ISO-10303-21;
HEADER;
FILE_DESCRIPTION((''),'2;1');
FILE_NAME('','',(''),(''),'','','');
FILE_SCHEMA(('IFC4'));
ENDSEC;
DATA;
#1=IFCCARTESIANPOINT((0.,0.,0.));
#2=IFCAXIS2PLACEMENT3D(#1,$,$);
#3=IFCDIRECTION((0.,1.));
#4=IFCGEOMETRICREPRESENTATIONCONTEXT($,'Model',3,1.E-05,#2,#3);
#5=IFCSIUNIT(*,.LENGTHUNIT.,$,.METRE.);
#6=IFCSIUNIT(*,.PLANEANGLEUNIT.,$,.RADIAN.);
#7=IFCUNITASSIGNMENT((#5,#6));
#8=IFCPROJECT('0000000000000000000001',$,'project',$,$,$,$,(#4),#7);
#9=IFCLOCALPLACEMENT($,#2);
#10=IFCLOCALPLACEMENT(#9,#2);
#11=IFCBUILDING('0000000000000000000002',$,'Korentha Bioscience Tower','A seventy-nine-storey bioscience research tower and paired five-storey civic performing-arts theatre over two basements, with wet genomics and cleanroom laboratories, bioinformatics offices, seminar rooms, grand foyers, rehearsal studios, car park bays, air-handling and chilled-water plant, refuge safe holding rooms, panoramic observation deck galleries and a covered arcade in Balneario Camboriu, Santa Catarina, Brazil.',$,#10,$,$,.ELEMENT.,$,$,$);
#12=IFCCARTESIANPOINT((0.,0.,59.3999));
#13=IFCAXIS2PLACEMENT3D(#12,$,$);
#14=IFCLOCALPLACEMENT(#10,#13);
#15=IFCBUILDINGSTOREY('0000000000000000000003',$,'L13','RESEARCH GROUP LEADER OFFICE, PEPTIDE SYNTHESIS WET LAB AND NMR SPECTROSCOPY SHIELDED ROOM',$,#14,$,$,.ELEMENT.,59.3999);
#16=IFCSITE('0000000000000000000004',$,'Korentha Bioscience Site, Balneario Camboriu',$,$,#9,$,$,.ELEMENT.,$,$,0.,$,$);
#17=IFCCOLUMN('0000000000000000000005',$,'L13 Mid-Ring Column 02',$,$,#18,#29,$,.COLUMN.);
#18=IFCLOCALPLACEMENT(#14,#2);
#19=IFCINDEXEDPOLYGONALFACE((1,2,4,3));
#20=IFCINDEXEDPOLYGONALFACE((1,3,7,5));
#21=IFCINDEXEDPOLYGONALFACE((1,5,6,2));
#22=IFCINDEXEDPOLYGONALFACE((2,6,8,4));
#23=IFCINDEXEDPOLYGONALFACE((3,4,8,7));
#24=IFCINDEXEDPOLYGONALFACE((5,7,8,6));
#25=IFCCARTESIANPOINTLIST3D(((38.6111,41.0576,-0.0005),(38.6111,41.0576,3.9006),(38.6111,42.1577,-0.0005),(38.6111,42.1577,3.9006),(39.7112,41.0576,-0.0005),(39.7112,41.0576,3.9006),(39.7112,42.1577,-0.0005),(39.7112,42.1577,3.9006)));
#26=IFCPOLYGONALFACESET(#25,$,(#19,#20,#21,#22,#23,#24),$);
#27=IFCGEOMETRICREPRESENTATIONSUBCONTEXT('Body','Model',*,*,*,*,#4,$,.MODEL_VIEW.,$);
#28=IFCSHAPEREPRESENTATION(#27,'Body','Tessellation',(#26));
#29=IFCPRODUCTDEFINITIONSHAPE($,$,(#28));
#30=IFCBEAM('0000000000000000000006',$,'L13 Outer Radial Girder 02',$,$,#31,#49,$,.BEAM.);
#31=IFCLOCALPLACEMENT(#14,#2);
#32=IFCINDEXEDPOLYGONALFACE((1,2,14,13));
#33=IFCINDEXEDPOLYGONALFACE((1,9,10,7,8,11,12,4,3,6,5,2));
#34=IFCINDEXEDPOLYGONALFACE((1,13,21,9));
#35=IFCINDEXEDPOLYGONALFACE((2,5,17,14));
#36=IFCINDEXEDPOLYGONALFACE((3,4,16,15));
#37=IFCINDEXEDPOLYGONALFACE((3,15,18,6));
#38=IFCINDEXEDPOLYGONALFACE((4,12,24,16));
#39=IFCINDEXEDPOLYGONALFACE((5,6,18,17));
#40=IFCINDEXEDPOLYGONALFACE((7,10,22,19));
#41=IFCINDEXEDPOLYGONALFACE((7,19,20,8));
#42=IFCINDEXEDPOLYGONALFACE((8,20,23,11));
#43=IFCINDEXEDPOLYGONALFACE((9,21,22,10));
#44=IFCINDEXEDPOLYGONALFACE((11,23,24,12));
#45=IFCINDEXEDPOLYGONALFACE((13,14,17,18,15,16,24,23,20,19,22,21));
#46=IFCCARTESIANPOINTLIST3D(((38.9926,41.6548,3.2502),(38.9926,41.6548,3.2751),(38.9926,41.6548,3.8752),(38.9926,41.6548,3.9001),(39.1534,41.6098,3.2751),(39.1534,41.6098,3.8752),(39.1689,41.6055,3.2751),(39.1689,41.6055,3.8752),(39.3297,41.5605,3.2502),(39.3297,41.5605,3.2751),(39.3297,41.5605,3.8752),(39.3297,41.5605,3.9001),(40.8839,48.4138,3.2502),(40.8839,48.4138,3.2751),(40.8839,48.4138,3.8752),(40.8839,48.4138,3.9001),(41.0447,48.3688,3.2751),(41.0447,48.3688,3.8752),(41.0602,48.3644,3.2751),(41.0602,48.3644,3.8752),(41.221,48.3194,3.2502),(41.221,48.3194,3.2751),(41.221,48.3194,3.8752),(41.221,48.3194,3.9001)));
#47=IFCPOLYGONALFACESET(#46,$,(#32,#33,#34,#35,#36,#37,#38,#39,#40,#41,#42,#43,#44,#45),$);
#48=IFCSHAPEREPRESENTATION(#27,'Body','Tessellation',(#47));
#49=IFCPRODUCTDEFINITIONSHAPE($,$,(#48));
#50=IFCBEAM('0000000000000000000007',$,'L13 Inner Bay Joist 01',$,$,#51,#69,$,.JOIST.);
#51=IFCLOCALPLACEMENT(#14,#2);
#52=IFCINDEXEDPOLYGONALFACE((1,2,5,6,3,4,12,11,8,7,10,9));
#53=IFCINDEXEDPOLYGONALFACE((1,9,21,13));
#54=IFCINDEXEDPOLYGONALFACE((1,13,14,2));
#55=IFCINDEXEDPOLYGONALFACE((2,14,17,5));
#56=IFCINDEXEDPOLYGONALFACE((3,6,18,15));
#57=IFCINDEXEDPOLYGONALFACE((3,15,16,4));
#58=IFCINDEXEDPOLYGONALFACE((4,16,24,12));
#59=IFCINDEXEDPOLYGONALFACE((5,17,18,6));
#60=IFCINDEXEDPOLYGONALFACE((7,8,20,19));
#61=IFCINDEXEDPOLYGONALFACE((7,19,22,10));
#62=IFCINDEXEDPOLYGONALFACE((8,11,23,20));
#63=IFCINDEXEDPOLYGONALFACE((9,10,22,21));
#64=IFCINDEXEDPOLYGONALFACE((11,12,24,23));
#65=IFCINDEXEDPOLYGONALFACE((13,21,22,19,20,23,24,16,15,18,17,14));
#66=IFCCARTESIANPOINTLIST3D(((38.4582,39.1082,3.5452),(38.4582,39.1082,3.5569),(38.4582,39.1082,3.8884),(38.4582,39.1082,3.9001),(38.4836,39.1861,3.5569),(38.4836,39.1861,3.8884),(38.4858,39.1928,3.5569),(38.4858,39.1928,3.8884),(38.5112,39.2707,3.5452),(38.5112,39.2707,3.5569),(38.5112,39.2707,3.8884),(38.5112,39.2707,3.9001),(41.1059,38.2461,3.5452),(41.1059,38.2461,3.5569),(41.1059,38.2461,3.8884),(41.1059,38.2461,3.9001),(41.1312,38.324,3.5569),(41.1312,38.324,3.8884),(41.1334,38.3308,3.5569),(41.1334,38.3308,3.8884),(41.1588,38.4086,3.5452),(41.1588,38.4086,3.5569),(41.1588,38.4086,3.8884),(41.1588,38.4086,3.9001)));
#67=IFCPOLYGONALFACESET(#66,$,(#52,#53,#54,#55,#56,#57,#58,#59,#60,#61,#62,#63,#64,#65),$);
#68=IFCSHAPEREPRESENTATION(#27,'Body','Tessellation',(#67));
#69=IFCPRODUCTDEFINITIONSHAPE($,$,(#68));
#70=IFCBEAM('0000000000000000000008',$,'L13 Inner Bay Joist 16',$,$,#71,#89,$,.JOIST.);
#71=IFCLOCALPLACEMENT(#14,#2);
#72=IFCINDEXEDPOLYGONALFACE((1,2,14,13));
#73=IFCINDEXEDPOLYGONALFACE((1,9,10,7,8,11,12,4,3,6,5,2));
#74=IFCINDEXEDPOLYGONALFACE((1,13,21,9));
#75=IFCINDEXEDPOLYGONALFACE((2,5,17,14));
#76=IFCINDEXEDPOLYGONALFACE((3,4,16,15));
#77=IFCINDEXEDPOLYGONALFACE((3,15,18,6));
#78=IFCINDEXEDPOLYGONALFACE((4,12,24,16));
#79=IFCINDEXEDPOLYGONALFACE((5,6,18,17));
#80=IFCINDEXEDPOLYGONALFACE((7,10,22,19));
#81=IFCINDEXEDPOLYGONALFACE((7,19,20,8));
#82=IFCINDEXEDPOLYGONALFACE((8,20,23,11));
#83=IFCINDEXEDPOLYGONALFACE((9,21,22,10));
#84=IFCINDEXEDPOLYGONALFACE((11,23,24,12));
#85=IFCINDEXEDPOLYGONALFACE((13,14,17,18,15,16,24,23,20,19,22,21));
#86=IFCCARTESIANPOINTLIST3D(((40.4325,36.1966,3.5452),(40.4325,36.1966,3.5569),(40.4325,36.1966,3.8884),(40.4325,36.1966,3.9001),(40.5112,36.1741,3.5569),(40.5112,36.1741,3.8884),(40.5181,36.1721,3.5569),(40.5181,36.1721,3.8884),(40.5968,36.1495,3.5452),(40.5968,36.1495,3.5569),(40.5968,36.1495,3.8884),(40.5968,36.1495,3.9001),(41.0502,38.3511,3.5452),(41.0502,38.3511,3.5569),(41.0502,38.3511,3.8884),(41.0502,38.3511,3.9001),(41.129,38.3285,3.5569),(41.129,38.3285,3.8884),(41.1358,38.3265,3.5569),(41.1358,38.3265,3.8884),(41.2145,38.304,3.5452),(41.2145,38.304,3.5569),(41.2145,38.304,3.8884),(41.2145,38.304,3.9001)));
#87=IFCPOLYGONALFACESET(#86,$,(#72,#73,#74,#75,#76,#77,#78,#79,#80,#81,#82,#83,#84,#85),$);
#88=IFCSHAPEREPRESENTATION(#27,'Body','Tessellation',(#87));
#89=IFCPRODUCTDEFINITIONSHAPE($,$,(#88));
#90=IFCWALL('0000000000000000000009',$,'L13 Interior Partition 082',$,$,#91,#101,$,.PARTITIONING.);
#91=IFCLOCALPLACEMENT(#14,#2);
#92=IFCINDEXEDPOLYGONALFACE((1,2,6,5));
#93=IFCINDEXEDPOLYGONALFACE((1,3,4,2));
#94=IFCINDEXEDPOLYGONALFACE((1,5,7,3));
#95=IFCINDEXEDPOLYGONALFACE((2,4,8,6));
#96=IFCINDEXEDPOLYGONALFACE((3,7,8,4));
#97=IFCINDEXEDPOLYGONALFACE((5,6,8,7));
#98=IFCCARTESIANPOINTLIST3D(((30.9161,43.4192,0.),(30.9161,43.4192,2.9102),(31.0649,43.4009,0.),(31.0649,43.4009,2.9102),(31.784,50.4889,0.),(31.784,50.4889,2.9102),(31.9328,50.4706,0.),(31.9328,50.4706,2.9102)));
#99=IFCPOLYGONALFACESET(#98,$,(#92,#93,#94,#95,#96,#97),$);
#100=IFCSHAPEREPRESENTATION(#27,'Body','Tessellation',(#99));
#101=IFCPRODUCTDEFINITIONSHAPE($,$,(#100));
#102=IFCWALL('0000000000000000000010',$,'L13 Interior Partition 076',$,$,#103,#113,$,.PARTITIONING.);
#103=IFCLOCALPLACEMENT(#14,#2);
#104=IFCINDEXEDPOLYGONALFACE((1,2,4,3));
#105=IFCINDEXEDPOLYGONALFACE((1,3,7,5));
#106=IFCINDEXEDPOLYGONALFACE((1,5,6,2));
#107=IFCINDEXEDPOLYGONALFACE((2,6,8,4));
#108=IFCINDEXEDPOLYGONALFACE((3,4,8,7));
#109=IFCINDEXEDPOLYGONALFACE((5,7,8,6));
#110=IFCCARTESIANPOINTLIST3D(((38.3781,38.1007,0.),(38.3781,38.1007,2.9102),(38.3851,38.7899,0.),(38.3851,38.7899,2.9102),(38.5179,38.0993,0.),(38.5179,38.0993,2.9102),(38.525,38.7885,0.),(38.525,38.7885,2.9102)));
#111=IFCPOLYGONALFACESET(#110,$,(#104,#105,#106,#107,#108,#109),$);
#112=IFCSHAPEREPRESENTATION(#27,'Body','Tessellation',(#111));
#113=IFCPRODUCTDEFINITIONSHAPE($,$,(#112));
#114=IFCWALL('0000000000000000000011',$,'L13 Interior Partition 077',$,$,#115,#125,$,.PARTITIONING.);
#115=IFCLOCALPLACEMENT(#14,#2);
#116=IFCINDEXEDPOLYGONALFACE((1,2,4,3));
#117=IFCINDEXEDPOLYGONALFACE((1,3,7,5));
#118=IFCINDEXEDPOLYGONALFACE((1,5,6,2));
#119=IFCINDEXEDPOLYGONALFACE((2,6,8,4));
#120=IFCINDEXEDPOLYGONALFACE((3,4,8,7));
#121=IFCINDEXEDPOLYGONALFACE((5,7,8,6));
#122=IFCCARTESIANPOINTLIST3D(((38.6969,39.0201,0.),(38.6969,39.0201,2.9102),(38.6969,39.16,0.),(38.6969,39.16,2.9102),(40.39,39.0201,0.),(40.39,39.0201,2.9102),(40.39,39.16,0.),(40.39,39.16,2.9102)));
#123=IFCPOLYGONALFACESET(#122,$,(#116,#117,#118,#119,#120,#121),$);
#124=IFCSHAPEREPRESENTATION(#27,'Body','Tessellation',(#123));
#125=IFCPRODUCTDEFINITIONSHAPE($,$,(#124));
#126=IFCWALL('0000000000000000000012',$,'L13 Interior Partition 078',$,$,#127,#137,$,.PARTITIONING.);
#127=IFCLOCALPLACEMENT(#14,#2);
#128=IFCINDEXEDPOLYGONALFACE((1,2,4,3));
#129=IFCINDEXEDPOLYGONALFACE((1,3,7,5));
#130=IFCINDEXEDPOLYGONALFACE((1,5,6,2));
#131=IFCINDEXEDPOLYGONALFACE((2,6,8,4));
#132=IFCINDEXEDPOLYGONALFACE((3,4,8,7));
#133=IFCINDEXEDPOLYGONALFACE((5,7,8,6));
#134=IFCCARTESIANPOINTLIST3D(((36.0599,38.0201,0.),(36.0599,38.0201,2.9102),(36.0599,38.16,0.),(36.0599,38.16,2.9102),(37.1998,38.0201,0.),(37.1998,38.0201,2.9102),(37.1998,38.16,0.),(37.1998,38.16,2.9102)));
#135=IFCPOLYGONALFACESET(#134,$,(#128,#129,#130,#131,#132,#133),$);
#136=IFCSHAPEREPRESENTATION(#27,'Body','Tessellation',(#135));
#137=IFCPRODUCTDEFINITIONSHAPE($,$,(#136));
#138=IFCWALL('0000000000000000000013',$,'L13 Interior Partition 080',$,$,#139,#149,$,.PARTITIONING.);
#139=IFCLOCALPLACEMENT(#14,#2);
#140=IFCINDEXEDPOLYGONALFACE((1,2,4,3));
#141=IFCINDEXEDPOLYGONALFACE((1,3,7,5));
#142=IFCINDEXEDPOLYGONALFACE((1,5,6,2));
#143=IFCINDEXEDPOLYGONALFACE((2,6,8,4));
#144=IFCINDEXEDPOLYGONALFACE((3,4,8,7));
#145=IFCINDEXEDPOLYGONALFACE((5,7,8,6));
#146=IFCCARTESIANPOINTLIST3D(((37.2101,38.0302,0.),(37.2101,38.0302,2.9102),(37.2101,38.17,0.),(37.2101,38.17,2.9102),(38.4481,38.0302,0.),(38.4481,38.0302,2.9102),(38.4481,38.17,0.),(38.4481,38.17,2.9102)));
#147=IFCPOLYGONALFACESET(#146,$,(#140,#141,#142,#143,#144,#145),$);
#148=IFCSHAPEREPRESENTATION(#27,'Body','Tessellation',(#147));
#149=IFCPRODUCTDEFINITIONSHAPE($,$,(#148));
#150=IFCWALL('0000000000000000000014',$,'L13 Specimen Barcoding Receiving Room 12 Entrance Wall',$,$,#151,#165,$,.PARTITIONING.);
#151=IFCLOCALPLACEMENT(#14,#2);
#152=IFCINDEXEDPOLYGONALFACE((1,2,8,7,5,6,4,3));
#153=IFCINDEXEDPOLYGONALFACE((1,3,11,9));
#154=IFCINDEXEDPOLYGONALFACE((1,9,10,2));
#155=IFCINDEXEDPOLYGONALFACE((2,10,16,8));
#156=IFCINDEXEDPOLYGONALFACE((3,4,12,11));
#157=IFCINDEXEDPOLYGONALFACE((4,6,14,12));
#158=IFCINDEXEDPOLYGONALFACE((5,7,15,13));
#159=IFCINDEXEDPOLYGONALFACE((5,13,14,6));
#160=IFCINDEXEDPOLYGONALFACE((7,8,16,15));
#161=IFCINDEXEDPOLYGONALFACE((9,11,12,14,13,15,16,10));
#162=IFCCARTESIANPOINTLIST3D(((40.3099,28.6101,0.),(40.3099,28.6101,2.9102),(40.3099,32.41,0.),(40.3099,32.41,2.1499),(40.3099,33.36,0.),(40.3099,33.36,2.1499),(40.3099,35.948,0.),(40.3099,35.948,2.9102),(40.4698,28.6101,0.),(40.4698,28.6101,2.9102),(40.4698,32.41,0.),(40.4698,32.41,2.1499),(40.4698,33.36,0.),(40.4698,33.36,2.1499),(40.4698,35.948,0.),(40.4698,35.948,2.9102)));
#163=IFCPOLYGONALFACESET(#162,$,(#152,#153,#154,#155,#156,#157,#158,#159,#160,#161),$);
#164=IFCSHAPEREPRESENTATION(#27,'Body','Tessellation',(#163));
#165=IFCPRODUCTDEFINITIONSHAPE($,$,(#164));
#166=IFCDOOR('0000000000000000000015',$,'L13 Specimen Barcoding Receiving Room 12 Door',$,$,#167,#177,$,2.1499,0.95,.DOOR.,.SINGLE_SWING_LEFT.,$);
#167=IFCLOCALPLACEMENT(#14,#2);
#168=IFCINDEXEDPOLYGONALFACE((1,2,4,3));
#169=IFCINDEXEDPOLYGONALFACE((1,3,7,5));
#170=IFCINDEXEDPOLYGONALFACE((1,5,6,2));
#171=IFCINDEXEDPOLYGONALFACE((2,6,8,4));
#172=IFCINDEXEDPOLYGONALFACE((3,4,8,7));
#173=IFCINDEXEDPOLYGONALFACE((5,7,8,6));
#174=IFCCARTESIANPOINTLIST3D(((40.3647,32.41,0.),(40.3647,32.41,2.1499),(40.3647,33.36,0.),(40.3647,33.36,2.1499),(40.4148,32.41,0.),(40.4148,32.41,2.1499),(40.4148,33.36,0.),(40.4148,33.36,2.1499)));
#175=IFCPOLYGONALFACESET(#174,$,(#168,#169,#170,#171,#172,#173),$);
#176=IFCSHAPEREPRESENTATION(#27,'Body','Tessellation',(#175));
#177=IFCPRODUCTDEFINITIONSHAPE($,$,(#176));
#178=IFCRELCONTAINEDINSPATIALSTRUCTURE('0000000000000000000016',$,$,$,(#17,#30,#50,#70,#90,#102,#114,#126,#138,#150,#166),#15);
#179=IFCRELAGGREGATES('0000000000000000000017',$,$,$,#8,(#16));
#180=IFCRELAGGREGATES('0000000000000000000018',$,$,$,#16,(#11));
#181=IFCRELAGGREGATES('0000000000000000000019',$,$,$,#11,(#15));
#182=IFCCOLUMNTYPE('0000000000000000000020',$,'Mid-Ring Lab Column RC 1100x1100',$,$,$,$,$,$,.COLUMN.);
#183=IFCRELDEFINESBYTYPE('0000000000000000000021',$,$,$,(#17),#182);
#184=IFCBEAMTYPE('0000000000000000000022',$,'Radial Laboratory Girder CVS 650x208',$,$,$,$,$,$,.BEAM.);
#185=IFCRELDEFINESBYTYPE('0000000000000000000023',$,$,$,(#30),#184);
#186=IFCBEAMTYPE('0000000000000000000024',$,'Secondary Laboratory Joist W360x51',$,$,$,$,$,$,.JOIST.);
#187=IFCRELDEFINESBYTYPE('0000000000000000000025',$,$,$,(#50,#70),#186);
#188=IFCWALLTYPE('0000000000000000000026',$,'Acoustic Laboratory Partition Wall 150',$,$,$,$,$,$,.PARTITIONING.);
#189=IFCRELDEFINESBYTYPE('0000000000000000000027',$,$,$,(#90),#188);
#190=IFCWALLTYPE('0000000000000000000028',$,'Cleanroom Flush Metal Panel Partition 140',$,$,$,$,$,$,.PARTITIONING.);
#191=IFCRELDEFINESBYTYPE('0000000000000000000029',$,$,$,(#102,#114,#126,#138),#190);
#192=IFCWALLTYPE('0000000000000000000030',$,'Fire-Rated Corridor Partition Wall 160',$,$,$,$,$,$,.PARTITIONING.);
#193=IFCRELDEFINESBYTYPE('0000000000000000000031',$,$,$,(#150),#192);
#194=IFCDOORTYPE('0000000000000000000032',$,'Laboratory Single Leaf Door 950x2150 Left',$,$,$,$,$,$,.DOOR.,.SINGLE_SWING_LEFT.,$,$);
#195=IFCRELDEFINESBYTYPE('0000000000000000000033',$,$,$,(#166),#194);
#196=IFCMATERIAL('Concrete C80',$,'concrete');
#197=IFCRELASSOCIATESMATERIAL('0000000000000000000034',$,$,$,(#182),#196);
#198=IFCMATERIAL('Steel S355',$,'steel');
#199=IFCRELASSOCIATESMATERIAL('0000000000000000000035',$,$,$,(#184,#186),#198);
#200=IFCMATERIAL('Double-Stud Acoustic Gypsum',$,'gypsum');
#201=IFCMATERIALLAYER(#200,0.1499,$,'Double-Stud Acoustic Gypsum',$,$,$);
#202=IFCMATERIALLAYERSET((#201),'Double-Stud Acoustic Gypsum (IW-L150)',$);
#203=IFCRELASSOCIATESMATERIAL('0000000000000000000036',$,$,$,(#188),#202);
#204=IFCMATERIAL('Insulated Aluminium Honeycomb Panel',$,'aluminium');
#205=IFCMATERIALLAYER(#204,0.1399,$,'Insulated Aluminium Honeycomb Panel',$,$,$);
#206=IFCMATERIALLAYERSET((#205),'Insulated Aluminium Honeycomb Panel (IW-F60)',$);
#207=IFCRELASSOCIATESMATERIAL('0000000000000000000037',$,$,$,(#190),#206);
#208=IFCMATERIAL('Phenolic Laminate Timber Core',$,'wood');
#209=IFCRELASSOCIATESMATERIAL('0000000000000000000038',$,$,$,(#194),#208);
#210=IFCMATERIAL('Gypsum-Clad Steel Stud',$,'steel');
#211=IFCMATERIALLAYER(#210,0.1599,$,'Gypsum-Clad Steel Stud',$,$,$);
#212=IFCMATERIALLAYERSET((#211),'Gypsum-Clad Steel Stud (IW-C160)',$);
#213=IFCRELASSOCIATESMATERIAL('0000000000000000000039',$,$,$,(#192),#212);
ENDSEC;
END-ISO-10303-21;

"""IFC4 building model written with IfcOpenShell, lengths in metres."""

from ifc_helpers import new_model, si_unit, direction, frame, frame_2d, origin, origin_2d, place, context, subcontext, project, spatial, rectangle, i_section, extrude, material, layer, layer_set, material_profile, profile_set, type_object, element, fill, save


model = new_model("IFC4")

# Units and contexts
model_context = context("Model", 3, precision=1e-05, world=origin(), true_north=direction((0.0, 1.0)))
body_context = subcontext(model_context, "Body", "Model", "MODEL_VIEW")
ifc_project = project(units=[si_unit("LENGTHUNIT", "METRE"), si_unit("PLANEANGLEUNIT", "RADIAN")], contexts=[model_context])

# Site, building, storey
site_placement = place(None, origin())
site = spatial("IfcSite", under=ifc_project, at=site_placement, Name="Korentha Bioscience Site, Balneario Camboriu", CompositionType="ELEMENT", RefElevation=0.0)
building_placement = place(site_placement, origin())
building = spatial("IfcBuilding", under=site, at=building_placement, Name="Korentha Bioscience Tower", Description="A seventy-nine-storey bioscience research tower and paired five-storey civic performing-arts theatre over two basements, with wet genomics and cleanroom laboratories, bioinformatics offices, seminar rooms, grand foyers, rehearsal studios, car park bays, air-handling and chilled-water plant, refuge safe holding rooms, panoramic observation deck galleries and a covered arcade in Balneario Camboriu, Santa Catarina, Brazil.", CompositionType="ELEMENT")
storey_placement = place(building_placement, frame((0.0, 0.0, 59.3999)))
storey = spatial("IfcBuildingStorey", under=building, at=storey_placement, Name="L13", Description="RESEARCH GROUP LEADER OFFICE, PEPTIDE SYNTHESIS WET LAB AND NMR SPECTROSCOPY SHIELDED ROOM", CompositionType="ELEMENT", Elevation=59.3999)

# Column
ifc_material_1 = material(Name="Concrete C80", Category="concrete")
ifc_material_profile_1 = material_profile(ifc_material_1, rectangle(XDim=1.1001, YDim=1.1001, at=origin_2d()), Name="Concrete C80")
ifc_profile_set_1 = profile_set([ifc_material_profile_1], Name="Concrete C80 (COL-MR11)")
column_type = type_object("IfcColumnType", Name="Mid-Ring Lab Column RC 1100x1100", PredefinedType="COLUMN", material=ifc_profile_set_1)
column_placement = place(storey_placement, frame((39.1611, 41.6077, -0.0005), z_axis=(0.0, 0.0, 1.0), x_axis=(1.0, 0.0, 0.0)))
element("IfcColumn", 1, at=column_placement, inside=storey, type_object=column_type, Name="L13 Mid-Ring Column 02", PredefinedType="COLUMN", context=body_context, shape_type="SweptSolid", body=[
    extrude(rectangle(XDim=1.1001, YDim=1.1001, at=origin_2d()), origin(), (0.0, 0.0, 1.0), 3.9011),
])

# Beams
ifc_material_2 = material(Name="Steel S355", Category="steel")
ifc_material_profile_2 = material_profile(ifc_material_2, i_section(OverallWidth=0.3501, OverallDepth=0.6499, WebThickness=0.0161, FlangeThickness=0.0249, at=origin_2d()), Name="Steel S355")
ifc_profile_set_2 = profile_set([ifc_material_profile_2], Name="Steel S355 (RB-650)")
beam_type_1 = type_object("IfcBeamType", Name="Radial Laboratory Girder CVS 650x208", PredefinedType="BEAM", material=ifc_profile_set_2)
beam_1_placement = place(storey_placement, frame((39.1611, 41.6077, 3.5752), z_axis=(0.269475, 0.963007, 0.0), x_axis=(-0.963007, 0.269475, 0.0)))
element("IfcBeam", 2, at=beam_1_placement, inside=storey, type_object=beam_type_1, Name="L13 Outer Radial Girder 02", PredefinedType="BEAM", context=body_context, shape_type="SweptSolid", body=[
    extrude(i_section(OverallWidth=0.3501, OverallDepth=0.6499, WebThickness=0.0161, FlangeThickness=0.0249, at=origin_2d()), origin(), (0.0, 0.0, 1.0), 7.0186),
])
ifc_material_profile_3 = material_profile(ifc_material_2, i_section(OverallWidth=0.1709, OverallDepth=0.355, WebThickness=0.0071, FlangeThickness=0.0117, at=origin_2d()), Name="Steel S355")
ifc_profile_set_3 = profile_set([ifc_material_profile_3], Name="Steel S355 (JB-360)")
beam_type_2 = type_object("IfcBeamType", Name="Secondary Laboratory Joist W360x51", PredefinedType="JOIST", material=ifc_profile_set_3)
beam_2_placement = place(storey_placement, frame((41.1323, 38.3274, 3.7227), z_axis=(-0.95087, 0.309592, 0.0), x_axis=(-0.309592, -0.95087, 0.0)))
element("IfcBeam", 3, at=beam_2_placement, inside=storey, type_object=beam_type_2, Name="L13 Inner Bay Joist 01", PredefinedType="JOIST", context=body_context, shape_type="SweptSolid", body=[
    extrude(i_section(OverallWidth=0.1709, OverallDepth=0.355, WebThickness=0.0071, FlangeThickness=0.0117, at=origin_2d()), origin(), (0.0, 0.0, 1.0), 2.7844),
])
beam_3_placement = place(storey_placement, frame((40.5146, 36.1731, 3.7227), z_axis=(0.275613, 0.961269, 0.0), x_axis=(-0.961269, 0.275613, 0.0)))
element("IfcBeam", 4, at=beam_3_placement, inside=storey, type_object=beam_type_2, Name="L13 Inner Bay Joist 16", PredefinedType="JOIST", context=body_context, shape_type="SweptSolid", body=[
    extrude(i_section(OverallWidth=0.1709, OverallDepth=0.355, WebThickness=0.0071, FlangeThickness=0.0117, at=origin_2d()), origin(), (0.0, 0.0, 1.0), 2.2412),
])

# Wall
ifc_material_3 = material(Name="Double-Stud Acoustic Gypsum", Category="gypsum")
ifc_layer_1 = layer(ifc_material_3, 0.1499, Name="Double-Stud Acoustic Gypsum")
ifc_layer_set_1 = layer_set([ifc_layer_1], Name="Double-Stud Acoustic Gypsum (IW-L150)")
wall_type_1 = type_object("IfcWallType", Name="Acoustic Laboratory Partition Wall 150", PredefinedType="PARTITIONING", material=ifc_layer_set_1)
wall_1_placement = place(storey_placement, frame((30.9905, 43.4099, 0.0), z_axis=(0.0, 0.0, 1.0), x_axis=(0.121849, 0.992549, 0.0)))
element("IfcWall", 5, at=wall_1_placement, inside=storey, type_object=wall_type_1, Name="L13 Interior Partition 082", PredefinedType="PARTITIONING", context=body_context, shape_type="SweptSolid", body=[
    extrude(rectangle(XDim=7.1228, YDim=0.1499, at=frame_2d((3.5615, 0.0))), origin(), (0.0, 0.0, 1.0), 2.9102),
])

# Shared definitions
ifc_material_4 = material(Name="Insulated Aluminium Honeycomb Panel", Category="aluminium")
ifc_layer_2 = layer(ifc_material_4, 0.1399, Name="Insulated Aluminium Honeycomb Panel")
ifc_layer_set_2 = layer_set([ifc_layer_2], Name="Insulated Aluminium Honeycomb Panel (IW-F60)")
wall_type_2 = type_object("IfcWallType", Name="Cleanroom Flush Metal Panel Partition 140", PredefinedType="PARTITIONING", material=ifc_layer_set_2)
ifc_material_5 = material(Name="Phenolic Laminate Timber Core", Category="wood")
door_type_1 = type_object("IfcDoorType", Name="Laboratory Single Leaf Door 950x2150 Left", OperationType="SINGLE_SWING_LEFT", PredefinedType="DOOR", material=ifc_material_5)

# Walls
wall_2_placement = place(storey_placement, frame((38.4551, 38.7893, 0.0), z_axis=(0.0, 0.0, 1.0), x_axis=(-0.010272, -0.999947, 0.0)))
element("IfcWall", 6, at=wall_2_placement, inside=storey, type_object=wall_type_2, Name="L13 Interior Partition 076", PredefinedType="PARTITIONING", context=body_context, shape_type="SweptSolid", body=[
    extrude(rectangle(XDim=0.6892, YDim=0.1399, at=frame_2d((0.3447, 0.0))), origin(), (0.0, 0.0, 1.0), 2.9102),
])
wall_3_placement = place(storey_placement, frame((38.6968, 39.0901, 0.0), z_axis=(0.0, 0.0, 1.0), x_axis=(1.0, 0.0, 0.0)))
element("IfcWall", 7, at=wall_3_placement, inside=storey, type_object=wall_type_2, Name="L13 Interior Partition 077", PredefinedType="PARTITIONING", context=body_context, shape_type="SweptSolid", body=[
    extrude(rectangle(XDim=1.6931, YDim=0.1399, at=frame_2d((0.8467, 0.0))), origin(), (0.0, 0.0, 1.0), 2.9102),
])
wall_4_placement = place(storey_placement, frame((36.0601, 38.0901, 0.0), z_axis=(0.0, 0.0, 1.0), x_axis=(1.0, 0.0, 0.0)))
element("IfcWall", 8, at=wall_4_placement, inside=storey, type_object=wall_type_2, Name="L13 Interior Partition 078", PredefinedType="PARTITIONING", context=body_context, shape_type="SweptSolid", body=[
    extrude(rectangle(XDim=1.1399, YDim=0.1399, at=frame_2d((0.5698, 0.0))), origin(), (0.0, 0.0, 1.0), 2.9102),
])
wall_5_placement = place(storey_placement, frame((37.21, 38.1001, 0.0), z_axis=(0.0, 0.0, 1.0), x_axis=(1.0, 0.0, 0.0)))
element("IfcWall", 9, at=wall_5_placement, inside=storey, type_object=wall_type_2, Name="L13 Interior Partition 080", PredefinedType="PARTITIONING", context=body_context, shape_type="SweptSolid", body=[
    extrude(rectangle(XDim=1.238, YDim=0.1399, at=frame_2d((0.6191, 0.0))), origin(), (0.0, 0.0, 1.0), 2.9102),
])

# Wall, opening, door
ifc_material_6 = material(Name="Gypsum-Clad Steel Stud", Category="steel")
ifc_layer_3 = layer(ifc_material_6, 0.1599, Name="Gypsum-Clad Steel Stud")
ifc_layer_set_3 = layer_set([ifc_layer_3], Name="Gypsum-Clad Steel Stud (IW-C160)")
wall_type_3 = type_object("IfcWallType", Name="Fire-Rated Corridor Partition Wall 160", PredefinedType="PARTITIONING", material=ifc_layer_set_3)
wall_6_placement = place(storey_placement, frame((40.3899, 35.948, 0.0), z_axis=(0.0, 0.0, 1.0), x_axis=(0.0, -1.0, 0.0)))
wall_6 = element("IfcWall", 10, at=wall_6_placement, inside=storey, type_object=wall_type_3, Name="L13 Specimen Barcoding Receiving Room 12 Entrance Wall", PredefinedType="PARTITIONING", context=body_context, shape_type="SweptSolid", body=[
    extrude(rectangle(XDim=7.3379, YDim=0.1599, at=frame_2d((3.6689, 0.0))), origin(), (0.0, 0.0, 1.0), 2.9102),
])
opening_1_placement = place(wall_6_placement, frame((2.5879, 0.0, 0.0)))
opening_1 = element("IfcOpeningElement", 11, at=opening_1_placement, cuts=wall_6, PredefinedType="OPENING", context=body_context, shape_type="SweptSolid", body=[
    extrude(rectangle(XDim=0.95, YDim=2.1499, at=frame_2d((0.4751, 1.075))), frame((0.0, 0.0947, 0.0), z_axis=(0.0, -1.0, 0.0), x_axis=(1.0, 0.0, 0.0)), (0.0, 0.0, 1.0), 0.1897),
])
door_1_placement = place(opening_1_placement, origin())
door_1 = element("IfcDoor", 12, at=door_1_placement, inside=storey, type_object=door_type_1, Name="L13 Specimen Barcoding Receiving Room 12 Door", OperationType="SINGLE_SWING_LEFT", OverallHeight=2.1499, OverallWidth=0.95, PredefinedType="DOOR", context=body_context, shape_type="SweptSolid", body=[
    extrude(rectangle(XDim=0.95, YDim=2.1499, at=frame_2d((0.4751, 1.075))), frame((0.0, 0.0249, 0.0), z_axis=(0.0, -1.0, 0.0), x_axis=(1.0, 0.0, 0.0)), (0.0, 0.0, 1.0), 0.05),
])
fill(opening_1, door_1)

save(model, "model.ifc")
